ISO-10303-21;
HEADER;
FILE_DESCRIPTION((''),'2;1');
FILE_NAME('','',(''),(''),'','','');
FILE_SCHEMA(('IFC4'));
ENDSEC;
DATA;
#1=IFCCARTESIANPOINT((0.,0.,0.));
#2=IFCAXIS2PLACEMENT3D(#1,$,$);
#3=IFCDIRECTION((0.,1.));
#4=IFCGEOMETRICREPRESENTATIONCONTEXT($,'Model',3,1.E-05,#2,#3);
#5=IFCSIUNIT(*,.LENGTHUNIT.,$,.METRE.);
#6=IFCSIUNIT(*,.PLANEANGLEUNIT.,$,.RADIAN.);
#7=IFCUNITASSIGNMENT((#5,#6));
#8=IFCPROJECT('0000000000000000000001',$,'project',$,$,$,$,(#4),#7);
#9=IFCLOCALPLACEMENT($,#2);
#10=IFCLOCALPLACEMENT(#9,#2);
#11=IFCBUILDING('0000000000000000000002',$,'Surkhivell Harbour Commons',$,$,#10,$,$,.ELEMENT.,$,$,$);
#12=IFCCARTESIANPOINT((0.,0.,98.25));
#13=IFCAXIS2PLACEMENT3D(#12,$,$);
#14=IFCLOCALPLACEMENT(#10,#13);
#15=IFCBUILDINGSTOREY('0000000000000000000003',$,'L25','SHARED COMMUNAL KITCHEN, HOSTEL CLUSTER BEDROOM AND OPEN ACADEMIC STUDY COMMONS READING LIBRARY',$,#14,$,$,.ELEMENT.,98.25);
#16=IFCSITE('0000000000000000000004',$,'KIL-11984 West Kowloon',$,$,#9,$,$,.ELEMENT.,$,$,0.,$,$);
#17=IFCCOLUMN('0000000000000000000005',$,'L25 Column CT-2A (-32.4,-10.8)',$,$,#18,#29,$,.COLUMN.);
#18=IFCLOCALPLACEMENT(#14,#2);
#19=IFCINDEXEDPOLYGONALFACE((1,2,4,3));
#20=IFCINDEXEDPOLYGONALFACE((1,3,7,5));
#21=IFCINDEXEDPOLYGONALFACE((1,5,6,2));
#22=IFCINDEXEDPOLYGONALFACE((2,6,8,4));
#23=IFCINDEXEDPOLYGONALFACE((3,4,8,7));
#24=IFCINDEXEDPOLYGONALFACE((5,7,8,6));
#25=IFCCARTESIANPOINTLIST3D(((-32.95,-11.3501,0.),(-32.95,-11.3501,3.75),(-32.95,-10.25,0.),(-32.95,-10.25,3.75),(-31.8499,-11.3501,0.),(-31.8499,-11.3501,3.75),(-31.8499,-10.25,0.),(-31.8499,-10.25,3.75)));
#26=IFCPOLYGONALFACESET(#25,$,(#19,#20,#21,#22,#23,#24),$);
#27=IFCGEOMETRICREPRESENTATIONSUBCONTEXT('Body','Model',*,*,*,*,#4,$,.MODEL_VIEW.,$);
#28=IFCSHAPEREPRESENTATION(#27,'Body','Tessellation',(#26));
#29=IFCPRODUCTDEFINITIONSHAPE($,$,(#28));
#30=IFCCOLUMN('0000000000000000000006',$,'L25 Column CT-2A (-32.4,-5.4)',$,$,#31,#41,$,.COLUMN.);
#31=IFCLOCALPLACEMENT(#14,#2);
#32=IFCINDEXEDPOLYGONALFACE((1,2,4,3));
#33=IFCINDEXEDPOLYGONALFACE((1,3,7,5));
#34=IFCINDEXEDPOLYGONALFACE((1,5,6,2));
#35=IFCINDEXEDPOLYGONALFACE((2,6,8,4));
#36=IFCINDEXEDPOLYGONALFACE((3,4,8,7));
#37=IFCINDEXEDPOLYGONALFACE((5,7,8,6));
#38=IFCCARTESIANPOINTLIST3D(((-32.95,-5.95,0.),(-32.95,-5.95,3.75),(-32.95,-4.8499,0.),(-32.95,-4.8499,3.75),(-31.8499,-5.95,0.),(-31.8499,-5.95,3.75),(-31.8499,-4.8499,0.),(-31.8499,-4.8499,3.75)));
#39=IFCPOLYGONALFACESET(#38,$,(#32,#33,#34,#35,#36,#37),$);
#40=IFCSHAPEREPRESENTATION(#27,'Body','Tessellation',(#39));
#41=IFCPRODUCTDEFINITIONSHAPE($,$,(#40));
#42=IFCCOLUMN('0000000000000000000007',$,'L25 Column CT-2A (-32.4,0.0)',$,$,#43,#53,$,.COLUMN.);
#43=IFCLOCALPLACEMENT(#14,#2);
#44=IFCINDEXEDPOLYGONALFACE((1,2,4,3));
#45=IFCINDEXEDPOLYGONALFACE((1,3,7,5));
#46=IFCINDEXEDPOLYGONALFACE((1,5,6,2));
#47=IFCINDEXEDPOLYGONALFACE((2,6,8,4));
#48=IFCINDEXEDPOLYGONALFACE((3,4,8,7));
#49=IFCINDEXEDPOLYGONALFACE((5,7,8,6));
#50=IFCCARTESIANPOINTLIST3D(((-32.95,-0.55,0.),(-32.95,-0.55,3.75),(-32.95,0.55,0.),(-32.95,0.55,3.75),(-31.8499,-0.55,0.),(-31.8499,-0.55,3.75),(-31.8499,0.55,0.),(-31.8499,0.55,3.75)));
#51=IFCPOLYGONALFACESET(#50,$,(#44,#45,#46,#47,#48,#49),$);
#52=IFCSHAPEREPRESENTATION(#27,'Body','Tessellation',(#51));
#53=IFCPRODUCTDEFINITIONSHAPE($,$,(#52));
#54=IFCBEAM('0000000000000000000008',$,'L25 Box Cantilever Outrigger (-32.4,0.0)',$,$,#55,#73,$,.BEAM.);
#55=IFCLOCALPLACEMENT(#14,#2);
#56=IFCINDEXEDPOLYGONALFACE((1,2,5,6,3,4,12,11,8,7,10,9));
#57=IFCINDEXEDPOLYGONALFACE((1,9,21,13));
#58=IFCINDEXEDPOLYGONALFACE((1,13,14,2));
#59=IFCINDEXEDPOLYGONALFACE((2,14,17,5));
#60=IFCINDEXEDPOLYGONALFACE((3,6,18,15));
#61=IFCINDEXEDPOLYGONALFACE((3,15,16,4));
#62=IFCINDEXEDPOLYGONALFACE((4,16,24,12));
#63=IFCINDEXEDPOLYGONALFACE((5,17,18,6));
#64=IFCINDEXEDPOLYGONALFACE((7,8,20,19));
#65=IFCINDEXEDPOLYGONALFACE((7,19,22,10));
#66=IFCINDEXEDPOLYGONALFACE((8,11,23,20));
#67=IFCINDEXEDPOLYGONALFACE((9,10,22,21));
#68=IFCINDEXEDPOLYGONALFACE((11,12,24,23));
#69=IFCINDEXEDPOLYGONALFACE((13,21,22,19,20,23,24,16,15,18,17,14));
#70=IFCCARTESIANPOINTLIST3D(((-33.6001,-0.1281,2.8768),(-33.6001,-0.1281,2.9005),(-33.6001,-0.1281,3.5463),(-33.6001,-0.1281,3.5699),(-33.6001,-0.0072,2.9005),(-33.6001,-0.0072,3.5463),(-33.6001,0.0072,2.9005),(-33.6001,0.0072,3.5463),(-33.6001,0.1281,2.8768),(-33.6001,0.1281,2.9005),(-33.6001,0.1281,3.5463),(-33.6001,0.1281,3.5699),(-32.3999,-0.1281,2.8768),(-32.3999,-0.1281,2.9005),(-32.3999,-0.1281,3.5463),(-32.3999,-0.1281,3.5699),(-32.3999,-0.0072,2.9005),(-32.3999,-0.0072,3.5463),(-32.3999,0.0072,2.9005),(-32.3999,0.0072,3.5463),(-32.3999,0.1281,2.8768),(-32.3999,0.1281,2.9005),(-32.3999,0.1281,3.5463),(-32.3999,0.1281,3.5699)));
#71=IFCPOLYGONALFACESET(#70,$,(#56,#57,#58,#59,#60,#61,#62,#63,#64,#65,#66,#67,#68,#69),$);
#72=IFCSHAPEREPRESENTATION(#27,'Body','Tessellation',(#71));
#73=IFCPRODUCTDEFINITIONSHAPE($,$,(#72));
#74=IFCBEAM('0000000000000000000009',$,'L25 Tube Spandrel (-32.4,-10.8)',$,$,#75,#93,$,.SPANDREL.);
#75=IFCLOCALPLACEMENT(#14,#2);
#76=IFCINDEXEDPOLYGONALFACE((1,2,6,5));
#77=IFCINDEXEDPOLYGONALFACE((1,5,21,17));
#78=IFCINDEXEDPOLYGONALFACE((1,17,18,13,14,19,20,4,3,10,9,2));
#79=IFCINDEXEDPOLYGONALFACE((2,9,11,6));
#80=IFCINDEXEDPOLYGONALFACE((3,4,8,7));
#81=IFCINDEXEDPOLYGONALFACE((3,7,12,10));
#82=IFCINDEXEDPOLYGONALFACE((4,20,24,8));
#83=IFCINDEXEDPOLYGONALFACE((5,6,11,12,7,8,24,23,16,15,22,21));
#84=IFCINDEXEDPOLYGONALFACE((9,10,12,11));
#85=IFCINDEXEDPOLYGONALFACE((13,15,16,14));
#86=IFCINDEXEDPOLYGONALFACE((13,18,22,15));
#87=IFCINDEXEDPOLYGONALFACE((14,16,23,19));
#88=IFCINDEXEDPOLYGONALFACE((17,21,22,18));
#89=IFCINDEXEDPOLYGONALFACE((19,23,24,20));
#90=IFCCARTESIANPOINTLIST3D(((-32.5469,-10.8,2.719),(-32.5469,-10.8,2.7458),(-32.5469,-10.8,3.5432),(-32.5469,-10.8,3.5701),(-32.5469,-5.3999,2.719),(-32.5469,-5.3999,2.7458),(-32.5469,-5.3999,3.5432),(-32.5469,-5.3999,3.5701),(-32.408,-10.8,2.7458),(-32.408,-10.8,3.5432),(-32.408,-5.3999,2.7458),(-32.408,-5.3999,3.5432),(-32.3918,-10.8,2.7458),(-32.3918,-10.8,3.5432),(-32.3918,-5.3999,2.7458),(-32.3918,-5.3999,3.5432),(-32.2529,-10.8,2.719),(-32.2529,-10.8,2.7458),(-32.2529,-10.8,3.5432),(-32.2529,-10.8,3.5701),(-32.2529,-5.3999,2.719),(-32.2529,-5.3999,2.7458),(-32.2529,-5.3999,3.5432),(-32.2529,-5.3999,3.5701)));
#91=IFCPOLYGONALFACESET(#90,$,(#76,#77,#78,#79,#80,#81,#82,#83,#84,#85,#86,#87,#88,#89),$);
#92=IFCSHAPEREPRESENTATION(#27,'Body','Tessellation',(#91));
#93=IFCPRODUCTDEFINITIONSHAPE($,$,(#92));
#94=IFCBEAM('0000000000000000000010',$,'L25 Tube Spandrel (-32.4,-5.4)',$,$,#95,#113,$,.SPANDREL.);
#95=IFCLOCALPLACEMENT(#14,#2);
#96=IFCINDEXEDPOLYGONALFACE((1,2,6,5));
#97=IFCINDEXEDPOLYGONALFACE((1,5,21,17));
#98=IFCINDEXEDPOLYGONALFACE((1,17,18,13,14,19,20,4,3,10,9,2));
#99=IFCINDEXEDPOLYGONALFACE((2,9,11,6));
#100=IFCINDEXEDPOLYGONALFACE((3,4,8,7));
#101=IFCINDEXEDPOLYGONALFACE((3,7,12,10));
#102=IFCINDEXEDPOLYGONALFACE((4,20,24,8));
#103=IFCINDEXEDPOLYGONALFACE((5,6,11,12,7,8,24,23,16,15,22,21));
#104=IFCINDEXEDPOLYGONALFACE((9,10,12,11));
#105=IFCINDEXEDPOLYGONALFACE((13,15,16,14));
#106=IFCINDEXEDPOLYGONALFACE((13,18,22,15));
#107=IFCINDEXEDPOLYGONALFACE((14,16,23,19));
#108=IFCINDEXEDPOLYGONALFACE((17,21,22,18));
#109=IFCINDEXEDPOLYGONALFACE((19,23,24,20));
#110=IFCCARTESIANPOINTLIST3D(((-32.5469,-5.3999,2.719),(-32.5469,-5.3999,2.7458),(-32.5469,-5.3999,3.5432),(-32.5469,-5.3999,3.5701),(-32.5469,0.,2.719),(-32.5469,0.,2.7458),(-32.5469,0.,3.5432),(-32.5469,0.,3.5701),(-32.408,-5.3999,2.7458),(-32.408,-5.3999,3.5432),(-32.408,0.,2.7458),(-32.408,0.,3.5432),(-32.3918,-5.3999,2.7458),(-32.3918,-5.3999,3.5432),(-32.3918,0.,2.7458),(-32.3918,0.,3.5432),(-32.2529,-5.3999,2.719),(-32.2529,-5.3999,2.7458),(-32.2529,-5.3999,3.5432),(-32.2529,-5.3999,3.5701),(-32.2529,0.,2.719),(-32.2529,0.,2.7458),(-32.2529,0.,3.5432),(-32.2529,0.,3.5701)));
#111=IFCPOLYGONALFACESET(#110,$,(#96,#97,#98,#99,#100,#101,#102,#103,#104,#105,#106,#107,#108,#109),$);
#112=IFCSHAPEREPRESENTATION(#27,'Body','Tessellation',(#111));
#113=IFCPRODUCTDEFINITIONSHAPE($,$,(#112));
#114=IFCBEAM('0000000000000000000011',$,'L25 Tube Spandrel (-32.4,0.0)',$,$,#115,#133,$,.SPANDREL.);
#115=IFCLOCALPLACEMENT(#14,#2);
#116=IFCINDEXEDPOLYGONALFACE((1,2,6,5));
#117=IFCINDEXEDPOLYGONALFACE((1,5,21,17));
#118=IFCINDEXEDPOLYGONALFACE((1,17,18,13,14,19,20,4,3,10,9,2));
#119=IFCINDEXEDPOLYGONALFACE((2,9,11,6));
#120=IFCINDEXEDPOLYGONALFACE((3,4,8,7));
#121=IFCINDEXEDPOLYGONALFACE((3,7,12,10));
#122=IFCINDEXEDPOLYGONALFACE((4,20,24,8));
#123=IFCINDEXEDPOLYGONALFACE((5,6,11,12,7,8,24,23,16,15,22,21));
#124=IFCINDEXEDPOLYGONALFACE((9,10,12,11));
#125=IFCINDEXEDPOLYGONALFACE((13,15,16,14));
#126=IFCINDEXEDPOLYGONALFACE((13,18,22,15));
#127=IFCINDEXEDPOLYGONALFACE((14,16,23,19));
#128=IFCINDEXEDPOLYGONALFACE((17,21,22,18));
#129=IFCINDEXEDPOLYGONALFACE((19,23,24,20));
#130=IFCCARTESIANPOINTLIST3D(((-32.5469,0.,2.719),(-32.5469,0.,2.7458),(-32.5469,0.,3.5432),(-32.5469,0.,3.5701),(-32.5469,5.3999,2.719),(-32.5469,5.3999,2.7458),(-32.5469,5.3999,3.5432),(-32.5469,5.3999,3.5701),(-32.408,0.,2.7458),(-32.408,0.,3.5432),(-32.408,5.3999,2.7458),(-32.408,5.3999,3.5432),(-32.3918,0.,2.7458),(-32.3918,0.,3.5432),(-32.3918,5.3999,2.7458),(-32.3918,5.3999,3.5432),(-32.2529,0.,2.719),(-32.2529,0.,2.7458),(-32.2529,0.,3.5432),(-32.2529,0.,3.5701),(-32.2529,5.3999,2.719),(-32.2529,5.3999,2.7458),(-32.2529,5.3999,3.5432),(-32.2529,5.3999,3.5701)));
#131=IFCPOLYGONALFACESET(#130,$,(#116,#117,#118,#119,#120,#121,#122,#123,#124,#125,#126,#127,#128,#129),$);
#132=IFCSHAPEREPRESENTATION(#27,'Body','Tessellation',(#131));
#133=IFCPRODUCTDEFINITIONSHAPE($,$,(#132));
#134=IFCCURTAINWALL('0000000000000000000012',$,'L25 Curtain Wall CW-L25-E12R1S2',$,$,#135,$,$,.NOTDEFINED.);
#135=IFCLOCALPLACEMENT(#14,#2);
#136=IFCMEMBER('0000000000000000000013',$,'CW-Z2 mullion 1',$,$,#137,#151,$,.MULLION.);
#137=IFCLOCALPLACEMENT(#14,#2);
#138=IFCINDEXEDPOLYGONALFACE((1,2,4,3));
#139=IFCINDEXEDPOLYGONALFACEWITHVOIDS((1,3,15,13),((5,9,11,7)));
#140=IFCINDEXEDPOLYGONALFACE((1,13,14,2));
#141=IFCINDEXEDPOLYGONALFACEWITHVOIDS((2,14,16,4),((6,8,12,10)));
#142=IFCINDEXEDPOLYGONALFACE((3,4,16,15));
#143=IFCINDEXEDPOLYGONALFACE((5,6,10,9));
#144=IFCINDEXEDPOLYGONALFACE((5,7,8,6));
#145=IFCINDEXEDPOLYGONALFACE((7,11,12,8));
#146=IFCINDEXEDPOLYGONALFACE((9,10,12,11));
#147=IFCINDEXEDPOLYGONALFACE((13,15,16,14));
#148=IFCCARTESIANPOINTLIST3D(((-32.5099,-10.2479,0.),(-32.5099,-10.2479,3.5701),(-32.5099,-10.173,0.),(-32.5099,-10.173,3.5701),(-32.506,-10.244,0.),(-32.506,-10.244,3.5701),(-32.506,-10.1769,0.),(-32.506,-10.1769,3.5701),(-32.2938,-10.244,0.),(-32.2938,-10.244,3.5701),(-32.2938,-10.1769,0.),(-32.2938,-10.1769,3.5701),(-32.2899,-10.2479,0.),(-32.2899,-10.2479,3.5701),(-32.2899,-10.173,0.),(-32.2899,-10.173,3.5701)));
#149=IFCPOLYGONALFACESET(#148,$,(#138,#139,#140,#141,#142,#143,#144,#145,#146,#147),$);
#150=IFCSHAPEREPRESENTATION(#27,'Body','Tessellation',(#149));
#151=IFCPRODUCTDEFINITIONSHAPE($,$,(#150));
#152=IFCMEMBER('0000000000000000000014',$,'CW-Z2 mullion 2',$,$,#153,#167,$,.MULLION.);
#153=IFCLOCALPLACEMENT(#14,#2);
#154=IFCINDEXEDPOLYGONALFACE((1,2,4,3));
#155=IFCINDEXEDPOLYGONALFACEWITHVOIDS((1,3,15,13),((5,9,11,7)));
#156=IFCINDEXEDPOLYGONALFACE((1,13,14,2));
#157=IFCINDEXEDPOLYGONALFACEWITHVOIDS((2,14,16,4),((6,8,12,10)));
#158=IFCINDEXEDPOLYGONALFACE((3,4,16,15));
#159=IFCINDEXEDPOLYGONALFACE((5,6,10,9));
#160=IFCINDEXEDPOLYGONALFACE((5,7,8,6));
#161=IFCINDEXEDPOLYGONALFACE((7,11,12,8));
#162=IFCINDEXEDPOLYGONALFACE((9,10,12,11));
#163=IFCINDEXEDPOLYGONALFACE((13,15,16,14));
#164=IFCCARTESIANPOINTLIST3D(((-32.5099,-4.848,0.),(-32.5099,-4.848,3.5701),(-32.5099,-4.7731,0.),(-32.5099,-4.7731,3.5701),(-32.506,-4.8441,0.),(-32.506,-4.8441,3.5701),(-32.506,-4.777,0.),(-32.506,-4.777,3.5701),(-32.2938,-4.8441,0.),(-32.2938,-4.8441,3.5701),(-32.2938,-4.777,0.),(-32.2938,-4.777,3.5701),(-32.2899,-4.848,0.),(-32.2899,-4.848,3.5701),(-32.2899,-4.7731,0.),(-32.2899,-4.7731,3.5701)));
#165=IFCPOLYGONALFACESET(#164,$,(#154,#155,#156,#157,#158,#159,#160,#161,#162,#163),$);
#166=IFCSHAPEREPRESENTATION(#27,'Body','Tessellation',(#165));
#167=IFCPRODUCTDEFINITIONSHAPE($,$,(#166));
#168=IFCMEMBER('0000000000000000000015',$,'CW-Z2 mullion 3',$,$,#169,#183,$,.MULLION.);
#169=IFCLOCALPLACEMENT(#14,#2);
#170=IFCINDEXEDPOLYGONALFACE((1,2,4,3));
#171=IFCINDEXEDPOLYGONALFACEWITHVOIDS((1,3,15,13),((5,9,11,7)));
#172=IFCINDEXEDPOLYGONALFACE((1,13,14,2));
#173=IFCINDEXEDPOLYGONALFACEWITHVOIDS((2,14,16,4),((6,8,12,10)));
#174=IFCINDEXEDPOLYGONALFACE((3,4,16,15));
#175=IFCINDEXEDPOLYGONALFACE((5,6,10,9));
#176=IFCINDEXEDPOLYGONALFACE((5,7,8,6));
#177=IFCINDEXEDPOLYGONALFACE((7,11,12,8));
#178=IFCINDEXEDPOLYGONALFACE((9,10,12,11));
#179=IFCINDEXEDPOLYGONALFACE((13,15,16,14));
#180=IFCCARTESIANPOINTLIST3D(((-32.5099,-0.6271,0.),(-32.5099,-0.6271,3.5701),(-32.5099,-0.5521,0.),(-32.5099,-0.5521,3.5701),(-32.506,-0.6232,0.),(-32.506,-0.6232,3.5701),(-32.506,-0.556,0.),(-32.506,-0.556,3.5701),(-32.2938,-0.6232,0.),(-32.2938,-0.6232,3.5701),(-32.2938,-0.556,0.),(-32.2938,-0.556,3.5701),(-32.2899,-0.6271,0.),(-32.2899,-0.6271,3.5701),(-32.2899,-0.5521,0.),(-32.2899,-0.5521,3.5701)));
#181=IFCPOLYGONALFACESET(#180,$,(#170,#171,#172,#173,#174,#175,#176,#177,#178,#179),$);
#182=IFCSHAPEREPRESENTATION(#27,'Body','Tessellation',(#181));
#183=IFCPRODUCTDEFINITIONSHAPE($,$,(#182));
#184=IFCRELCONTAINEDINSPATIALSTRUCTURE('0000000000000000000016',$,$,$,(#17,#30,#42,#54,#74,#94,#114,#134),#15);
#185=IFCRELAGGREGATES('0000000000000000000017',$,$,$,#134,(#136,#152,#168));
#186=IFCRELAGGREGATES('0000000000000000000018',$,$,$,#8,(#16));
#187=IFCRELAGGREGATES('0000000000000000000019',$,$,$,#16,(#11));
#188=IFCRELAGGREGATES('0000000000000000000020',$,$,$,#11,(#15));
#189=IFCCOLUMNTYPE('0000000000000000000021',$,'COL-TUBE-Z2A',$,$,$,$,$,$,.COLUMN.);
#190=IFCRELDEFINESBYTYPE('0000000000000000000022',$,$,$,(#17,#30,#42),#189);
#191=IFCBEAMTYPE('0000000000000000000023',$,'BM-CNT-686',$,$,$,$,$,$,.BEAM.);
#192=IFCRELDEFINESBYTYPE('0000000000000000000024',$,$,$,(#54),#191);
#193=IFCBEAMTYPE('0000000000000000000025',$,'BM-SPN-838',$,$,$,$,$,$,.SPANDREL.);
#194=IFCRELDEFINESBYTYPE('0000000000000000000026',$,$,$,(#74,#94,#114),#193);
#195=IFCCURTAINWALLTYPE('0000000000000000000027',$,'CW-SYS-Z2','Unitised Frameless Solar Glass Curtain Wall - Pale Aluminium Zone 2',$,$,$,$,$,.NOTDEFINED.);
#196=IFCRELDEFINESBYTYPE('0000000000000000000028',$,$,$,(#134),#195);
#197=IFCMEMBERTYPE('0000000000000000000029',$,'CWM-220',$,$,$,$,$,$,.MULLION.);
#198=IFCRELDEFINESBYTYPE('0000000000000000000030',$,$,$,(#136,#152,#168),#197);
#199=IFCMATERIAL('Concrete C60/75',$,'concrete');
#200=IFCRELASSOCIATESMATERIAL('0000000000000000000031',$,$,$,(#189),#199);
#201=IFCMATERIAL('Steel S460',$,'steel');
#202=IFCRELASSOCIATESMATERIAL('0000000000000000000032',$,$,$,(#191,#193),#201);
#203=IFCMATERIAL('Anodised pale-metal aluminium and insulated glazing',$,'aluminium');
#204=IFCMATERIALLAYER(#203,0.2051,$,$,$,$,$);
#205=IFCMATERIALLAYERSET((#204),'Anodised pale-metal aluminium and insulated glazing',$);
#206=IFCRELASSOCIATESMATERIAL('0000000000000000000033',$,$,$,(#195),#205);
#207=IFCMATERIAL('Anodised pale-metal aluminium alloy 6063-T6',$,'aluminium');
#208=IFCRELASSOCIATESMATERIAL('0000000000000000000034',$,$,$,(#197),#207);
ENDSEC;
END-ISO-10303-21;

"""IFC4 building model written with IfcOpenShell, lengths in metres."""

from ifc_helpers import new_model, si_unit, direction, frame, origin, origin_2d, place, context, subcontext, project, spatial, rectangle, hollow_rectangle, i_section, extrude, material, layer, layer_set, material_profile, profile_set, type_object, element, aggregate, save


model = new_model("IFC4")

# Units and contexts
model_context = context("Model", 3, precision=1e-05, world=origin(), true_north=direction((0.0, 1.0)))
body_context = subcontext(model_context, "Body", "Model", "MODEL_VIEW")
ifc_project = project(units=[si_unit("LENGTHUNIT", "METRE"), si_unit("PLANEANGLEUNIT", "RADIAN")], contexts=[model_context])

# Site, building, storey
site_placement = place(None, origin())
site = spatial("IfcSite", under=ifc_project, at=site_placement, Name="KIL-11984 West Kowloon", CompositionType="ELEMENT", RefElevation=0.0)
building_placement = place(site_placement, origin())
building = spatial("IfcBuilding", under=site, at=building_placement, Name="Surkhivell Harbour Commons", CompositionType="ELEMENT")
storey_placement = place(building_placement, frame((0.0, 0.0, 98.25)))
storey = spatial("IfcBuildingStorey", under=building, at=storey_placement, Name="L25", Description="SHARED COMMUNAL KITCHEN, HOSTEL CLUSTER BEDROOM AND OPEN ACADEMIC STUDY COMMONS READING LIBRARY", CompositionType="ELEMENT", Elevation=98.25)

# Columns
ifc_material_1 = material(Name="Concrete C60/75", Category="concrete")
ifc_material_profile_1 = material_profile(ifc_material_1, rectangle(XDim=1.1001, YDim=1.1001, at=origin_2d()), Name="RC-COL-1100x1100")
ifc_profile_set_1 = profile_set([ifc_material_profile_1], Name="Concrete C60/75")
column_type = type_object("IfcColumnType", Name="COL-TUBE-Z2A", PredefinedType="COLUMN", material=ifc_profile_set_1)
for number, where, z_axis, x_axis, name in (
    (1, (-32.3999, -10.8, 0.0), (0.0, 0.0, 1.0), (1.0, 0.0, 0.0), "L25 Column CT-2A (-32.4,-10.8)"),
    (2, (-32.3999, -5.3999, 0.0), (0.0, 0.0, 1.0), (1.0, 0.0, 0.0), "L25 Column CT-2A (-32.4,-5.4)"),
    (3, (-32.3999, 0.0, 0.0), (0.0, 0.0, 1.0), (1.0, 0.0, 0.0), "L25 Column CT-2A (-32.4,0.0)"),
):
    element("IfcColumn", number, at=place(storey_placement, frame(where, z_axis=z_axis, x_axis=x_axis)), inside=storey, type_object=column_type, Name=name, PredefinedType="COLUMN", context=body_context, shape_type="SweptSolid", body=[
        extrude(rectangle(XDim=1.1001, YDim=1.1001, at=origin_2d()), origin(), (0.0, 0.0, 1.0), 3.75),
    ])

# Beams
ifc_material_2 = material(Name="Steel S460", Category="steel")
ifc_material_profile_2 = material_profile(ifc_material_2, i_section(OverallWidth=0.2561, OverallDepth=0.6931, WebThickness=0.0144, FlangeThickness=0.0237, at=origin_2d()), Name="UB686x254x170")
ifc_profile_set_2 = profile_set([ifc_material_profile_2], Name="Steel S460")
beam_type_1 = type_object("IfcBeamType", Name="BM-CNT-686", PredefinedType="BEAM", material=ifc_profile_set_2)
beam_1_placement = place(storey_placement, frame((-32.3999, 0.0, 3.2234), z_axis=(-1.0, 0.0, 0.0), x_axis=(0.0, -1.0, 0.0)))
element("IfcBeam", 4, at=beam_1_placement, inside=storey, type_object=beam_type_1, Name="L25 Box Cantilever Outrigger (-32.4,0.0)", PredefinedType="BEAM", context=body_context, shape_type="SweptSolid", body=[
    extrude(i_section(OverallWidth=0.2561, OverallDepth=0.6931, WebThickness=0.0144, FlangeThickness=0.0237, at=origin_2d()), origin(), (0.0, 0.0, 1.0), 1.2002),
])
ifc_material_profile_3 = material_profile(ifc_material_2, i_section(OverallWidth=0.2939, OverallDepth=0.8511, WebThickness=0.0161, FlangeThickness=0.0269, at=origin_2d()), Name="UB838x292x226")
ifc_profile_set_3 = profile_set([ifc_material_profile_3], Name="Steel S460")
beam_type_2 = type_object("IfcBeamType", Name="BM-SPN-838", PredefinedType="SPANDREL", material=ifc_profile_set_3)
beam_2_placement = place(storey_placement, frame((-32.3999, -10.8, 3.1445), z_axis=(0.0, 1.0, 0.0), x_axis=(-1.0, 0.0, 0.0)))
element("IfcBeam", 5, at=beam_2_placement, inside=storey, type_object=beam_type_2, Name="L25 Tube Spandrel (-32.4,-10.8)", PredefinedType="SPANDREL", context=body_context, shape_type="SweptSolid", body=[
    extrude(i_section(OverallWidth=0.2939, OverallDepth=0.8511, WebThickness=0.0161, FlangeThickness=0.0269, at=origin_2d()), origin(), (0.0, 0.0, 1.0), 5.4001),
])
for number, where, z_axis, x_axis, name in (
    (6, (-32.3999, -5.3999, 3.1445), (0.0, 1.0, 0.0), (-1.0, 0.0, 0.0), "L25 Tube Spandrel (-32.4,-5.4)"),
    (7, (-32.3999, 0.0, 3.1445), (0.0, 1.0, 0.0), (-1.0, 0.0, 0.0), "L25 Tube Spandrel (-32.4,0.0)"),
):
    element("IfcBeam", number, at=place(storey_placement, frame(where, z_axis=z_axis, x_axis=x_axis)), inside=storey, type_object=beam_type_2, Name=name, PredefinedType="SPANDREL", context=body_context, shape_type="SweptSolid", body=[
        extrude(i_section(OverallWidth=0.2939, OverallDepth=0.8511, WebThickness=0.0161, FlangeThickness=0.0269, at=origin_2d()), origin(), (0.0, 0.0, 1.0), 5.3999),
    ])

# Curtain wall, members
ifc_material_3 = material(Name="Anodised pale-metal aluminium and insulated glazing", Category="aluminium")
ifc_layer_1 = layer(ifc_material_3, 0.2051)
ifc_layer_set_1 = layer_set([ifc_layer_1], Name="Anodised pale-metal aluminium and insulated glazing")
curtain_wall_type = type_object("IfcCurtainWallType", Name="CW-SYS-Z2", Description="Unitised Frameless Solar Glass Curtain Wall - Pale Aluminium Zone 2", PredefinedType="NOTDEFINED", material=ifc_layer_set_1)
curtain_wall_placement = place(storey_placement, origin())
curtain_wall = element("IfcCurtainWall", 8, at=curtain_wall_placement, inside=storey, type_object=curtain_wall_type, Name="L25 Curtain Wall CW-L25-E12R1S2", PredefinedType="NOTDEFINED")
ifc_material_4 = material(Name="Anodised pale-metal aluminium alloy 6063-T6", Category="aluminium")
ifc_material_profile_4 = material_profile(ifc_material_4, hollow_rectangle(XDim=0.075, YDim=0.22, WallThickness=0.0039, at=origin_2d()), Name="ALU-MULL-75x220")
ifc_profile_set_4 = profile_set([ifc_material_profile_4], Name="Anodised pale-metal aluminium alloy 6063-T6")
member_type_1 = type_object("IfcMemberType", Name="CWM-220", PredefinedType="MULLION", material=ifc_profile_set_4)
member_1_placement = place(storey_placement, frame((-32.3999, -10.2104, 0.0), z_axis=(0.0, 0.0, 1.0), x_axis=(0.0, 1.0, 0.0)))
member_1 = element("IfcMember", 9, at=member_1_placement, type_object=member_type_1, Name="CW-Z2 mullion 1", PredefinedType="MULLION", context=body_context, shape_type="SweptSolid", body=[
    extrude(hollow_rectangle(XDim=0.075, YDim=0.22, WallThickness=0.0039, at=origin_2d()), origin(), (0.0, 0.0, 1.0), 3.5701),
])
member_2_placement = place(storey_placement, frame((-32.3999, -4.8105, 0.0), z_axis=(0.0, 0.0, 1.0), x_axis=(0.0, 1.0, 0.0)))
member_2 = element("IfcMember", 10, at=member_2_placement, type_object=member_type_1, Name="CW-Z2 mullion 2", PredefinedType="MULLION", context=body_context, shape_type="SweptSolid", body=[
    extrude(hollow_rectangle(XDim=0.075, YDim=0.22, WallThickness=0.0039, at=origin_2d()), origin(), (0.0, 0.0, 1.0), 3.5701),
])
member_3_placement = place(storey_placement, frame((-32.3999, -0.5896, 0.0), z_axis=(0.0, 0.0, 1.0), x_axis=(0.0, 1.0, 0.0)))
member_3 = element("IfcMember", 11, at=member_3_placement, type_object=member_type_1, Name="CW-Z2 mullion 3", PredefinedType="MULLION", context=body_context, shape_type="SweptSolid", body=[
    extrude(hollow_rectangle(XDim=0.075, YDim=0.22, WallThickness=0.0039, at=origin_2d()), origin(), (0.0, 0.0, 1.0), 3.5701),
])

aggregate(curtain_wall, [member_1, member_2, member_3])

save(model, "model.ifc")
